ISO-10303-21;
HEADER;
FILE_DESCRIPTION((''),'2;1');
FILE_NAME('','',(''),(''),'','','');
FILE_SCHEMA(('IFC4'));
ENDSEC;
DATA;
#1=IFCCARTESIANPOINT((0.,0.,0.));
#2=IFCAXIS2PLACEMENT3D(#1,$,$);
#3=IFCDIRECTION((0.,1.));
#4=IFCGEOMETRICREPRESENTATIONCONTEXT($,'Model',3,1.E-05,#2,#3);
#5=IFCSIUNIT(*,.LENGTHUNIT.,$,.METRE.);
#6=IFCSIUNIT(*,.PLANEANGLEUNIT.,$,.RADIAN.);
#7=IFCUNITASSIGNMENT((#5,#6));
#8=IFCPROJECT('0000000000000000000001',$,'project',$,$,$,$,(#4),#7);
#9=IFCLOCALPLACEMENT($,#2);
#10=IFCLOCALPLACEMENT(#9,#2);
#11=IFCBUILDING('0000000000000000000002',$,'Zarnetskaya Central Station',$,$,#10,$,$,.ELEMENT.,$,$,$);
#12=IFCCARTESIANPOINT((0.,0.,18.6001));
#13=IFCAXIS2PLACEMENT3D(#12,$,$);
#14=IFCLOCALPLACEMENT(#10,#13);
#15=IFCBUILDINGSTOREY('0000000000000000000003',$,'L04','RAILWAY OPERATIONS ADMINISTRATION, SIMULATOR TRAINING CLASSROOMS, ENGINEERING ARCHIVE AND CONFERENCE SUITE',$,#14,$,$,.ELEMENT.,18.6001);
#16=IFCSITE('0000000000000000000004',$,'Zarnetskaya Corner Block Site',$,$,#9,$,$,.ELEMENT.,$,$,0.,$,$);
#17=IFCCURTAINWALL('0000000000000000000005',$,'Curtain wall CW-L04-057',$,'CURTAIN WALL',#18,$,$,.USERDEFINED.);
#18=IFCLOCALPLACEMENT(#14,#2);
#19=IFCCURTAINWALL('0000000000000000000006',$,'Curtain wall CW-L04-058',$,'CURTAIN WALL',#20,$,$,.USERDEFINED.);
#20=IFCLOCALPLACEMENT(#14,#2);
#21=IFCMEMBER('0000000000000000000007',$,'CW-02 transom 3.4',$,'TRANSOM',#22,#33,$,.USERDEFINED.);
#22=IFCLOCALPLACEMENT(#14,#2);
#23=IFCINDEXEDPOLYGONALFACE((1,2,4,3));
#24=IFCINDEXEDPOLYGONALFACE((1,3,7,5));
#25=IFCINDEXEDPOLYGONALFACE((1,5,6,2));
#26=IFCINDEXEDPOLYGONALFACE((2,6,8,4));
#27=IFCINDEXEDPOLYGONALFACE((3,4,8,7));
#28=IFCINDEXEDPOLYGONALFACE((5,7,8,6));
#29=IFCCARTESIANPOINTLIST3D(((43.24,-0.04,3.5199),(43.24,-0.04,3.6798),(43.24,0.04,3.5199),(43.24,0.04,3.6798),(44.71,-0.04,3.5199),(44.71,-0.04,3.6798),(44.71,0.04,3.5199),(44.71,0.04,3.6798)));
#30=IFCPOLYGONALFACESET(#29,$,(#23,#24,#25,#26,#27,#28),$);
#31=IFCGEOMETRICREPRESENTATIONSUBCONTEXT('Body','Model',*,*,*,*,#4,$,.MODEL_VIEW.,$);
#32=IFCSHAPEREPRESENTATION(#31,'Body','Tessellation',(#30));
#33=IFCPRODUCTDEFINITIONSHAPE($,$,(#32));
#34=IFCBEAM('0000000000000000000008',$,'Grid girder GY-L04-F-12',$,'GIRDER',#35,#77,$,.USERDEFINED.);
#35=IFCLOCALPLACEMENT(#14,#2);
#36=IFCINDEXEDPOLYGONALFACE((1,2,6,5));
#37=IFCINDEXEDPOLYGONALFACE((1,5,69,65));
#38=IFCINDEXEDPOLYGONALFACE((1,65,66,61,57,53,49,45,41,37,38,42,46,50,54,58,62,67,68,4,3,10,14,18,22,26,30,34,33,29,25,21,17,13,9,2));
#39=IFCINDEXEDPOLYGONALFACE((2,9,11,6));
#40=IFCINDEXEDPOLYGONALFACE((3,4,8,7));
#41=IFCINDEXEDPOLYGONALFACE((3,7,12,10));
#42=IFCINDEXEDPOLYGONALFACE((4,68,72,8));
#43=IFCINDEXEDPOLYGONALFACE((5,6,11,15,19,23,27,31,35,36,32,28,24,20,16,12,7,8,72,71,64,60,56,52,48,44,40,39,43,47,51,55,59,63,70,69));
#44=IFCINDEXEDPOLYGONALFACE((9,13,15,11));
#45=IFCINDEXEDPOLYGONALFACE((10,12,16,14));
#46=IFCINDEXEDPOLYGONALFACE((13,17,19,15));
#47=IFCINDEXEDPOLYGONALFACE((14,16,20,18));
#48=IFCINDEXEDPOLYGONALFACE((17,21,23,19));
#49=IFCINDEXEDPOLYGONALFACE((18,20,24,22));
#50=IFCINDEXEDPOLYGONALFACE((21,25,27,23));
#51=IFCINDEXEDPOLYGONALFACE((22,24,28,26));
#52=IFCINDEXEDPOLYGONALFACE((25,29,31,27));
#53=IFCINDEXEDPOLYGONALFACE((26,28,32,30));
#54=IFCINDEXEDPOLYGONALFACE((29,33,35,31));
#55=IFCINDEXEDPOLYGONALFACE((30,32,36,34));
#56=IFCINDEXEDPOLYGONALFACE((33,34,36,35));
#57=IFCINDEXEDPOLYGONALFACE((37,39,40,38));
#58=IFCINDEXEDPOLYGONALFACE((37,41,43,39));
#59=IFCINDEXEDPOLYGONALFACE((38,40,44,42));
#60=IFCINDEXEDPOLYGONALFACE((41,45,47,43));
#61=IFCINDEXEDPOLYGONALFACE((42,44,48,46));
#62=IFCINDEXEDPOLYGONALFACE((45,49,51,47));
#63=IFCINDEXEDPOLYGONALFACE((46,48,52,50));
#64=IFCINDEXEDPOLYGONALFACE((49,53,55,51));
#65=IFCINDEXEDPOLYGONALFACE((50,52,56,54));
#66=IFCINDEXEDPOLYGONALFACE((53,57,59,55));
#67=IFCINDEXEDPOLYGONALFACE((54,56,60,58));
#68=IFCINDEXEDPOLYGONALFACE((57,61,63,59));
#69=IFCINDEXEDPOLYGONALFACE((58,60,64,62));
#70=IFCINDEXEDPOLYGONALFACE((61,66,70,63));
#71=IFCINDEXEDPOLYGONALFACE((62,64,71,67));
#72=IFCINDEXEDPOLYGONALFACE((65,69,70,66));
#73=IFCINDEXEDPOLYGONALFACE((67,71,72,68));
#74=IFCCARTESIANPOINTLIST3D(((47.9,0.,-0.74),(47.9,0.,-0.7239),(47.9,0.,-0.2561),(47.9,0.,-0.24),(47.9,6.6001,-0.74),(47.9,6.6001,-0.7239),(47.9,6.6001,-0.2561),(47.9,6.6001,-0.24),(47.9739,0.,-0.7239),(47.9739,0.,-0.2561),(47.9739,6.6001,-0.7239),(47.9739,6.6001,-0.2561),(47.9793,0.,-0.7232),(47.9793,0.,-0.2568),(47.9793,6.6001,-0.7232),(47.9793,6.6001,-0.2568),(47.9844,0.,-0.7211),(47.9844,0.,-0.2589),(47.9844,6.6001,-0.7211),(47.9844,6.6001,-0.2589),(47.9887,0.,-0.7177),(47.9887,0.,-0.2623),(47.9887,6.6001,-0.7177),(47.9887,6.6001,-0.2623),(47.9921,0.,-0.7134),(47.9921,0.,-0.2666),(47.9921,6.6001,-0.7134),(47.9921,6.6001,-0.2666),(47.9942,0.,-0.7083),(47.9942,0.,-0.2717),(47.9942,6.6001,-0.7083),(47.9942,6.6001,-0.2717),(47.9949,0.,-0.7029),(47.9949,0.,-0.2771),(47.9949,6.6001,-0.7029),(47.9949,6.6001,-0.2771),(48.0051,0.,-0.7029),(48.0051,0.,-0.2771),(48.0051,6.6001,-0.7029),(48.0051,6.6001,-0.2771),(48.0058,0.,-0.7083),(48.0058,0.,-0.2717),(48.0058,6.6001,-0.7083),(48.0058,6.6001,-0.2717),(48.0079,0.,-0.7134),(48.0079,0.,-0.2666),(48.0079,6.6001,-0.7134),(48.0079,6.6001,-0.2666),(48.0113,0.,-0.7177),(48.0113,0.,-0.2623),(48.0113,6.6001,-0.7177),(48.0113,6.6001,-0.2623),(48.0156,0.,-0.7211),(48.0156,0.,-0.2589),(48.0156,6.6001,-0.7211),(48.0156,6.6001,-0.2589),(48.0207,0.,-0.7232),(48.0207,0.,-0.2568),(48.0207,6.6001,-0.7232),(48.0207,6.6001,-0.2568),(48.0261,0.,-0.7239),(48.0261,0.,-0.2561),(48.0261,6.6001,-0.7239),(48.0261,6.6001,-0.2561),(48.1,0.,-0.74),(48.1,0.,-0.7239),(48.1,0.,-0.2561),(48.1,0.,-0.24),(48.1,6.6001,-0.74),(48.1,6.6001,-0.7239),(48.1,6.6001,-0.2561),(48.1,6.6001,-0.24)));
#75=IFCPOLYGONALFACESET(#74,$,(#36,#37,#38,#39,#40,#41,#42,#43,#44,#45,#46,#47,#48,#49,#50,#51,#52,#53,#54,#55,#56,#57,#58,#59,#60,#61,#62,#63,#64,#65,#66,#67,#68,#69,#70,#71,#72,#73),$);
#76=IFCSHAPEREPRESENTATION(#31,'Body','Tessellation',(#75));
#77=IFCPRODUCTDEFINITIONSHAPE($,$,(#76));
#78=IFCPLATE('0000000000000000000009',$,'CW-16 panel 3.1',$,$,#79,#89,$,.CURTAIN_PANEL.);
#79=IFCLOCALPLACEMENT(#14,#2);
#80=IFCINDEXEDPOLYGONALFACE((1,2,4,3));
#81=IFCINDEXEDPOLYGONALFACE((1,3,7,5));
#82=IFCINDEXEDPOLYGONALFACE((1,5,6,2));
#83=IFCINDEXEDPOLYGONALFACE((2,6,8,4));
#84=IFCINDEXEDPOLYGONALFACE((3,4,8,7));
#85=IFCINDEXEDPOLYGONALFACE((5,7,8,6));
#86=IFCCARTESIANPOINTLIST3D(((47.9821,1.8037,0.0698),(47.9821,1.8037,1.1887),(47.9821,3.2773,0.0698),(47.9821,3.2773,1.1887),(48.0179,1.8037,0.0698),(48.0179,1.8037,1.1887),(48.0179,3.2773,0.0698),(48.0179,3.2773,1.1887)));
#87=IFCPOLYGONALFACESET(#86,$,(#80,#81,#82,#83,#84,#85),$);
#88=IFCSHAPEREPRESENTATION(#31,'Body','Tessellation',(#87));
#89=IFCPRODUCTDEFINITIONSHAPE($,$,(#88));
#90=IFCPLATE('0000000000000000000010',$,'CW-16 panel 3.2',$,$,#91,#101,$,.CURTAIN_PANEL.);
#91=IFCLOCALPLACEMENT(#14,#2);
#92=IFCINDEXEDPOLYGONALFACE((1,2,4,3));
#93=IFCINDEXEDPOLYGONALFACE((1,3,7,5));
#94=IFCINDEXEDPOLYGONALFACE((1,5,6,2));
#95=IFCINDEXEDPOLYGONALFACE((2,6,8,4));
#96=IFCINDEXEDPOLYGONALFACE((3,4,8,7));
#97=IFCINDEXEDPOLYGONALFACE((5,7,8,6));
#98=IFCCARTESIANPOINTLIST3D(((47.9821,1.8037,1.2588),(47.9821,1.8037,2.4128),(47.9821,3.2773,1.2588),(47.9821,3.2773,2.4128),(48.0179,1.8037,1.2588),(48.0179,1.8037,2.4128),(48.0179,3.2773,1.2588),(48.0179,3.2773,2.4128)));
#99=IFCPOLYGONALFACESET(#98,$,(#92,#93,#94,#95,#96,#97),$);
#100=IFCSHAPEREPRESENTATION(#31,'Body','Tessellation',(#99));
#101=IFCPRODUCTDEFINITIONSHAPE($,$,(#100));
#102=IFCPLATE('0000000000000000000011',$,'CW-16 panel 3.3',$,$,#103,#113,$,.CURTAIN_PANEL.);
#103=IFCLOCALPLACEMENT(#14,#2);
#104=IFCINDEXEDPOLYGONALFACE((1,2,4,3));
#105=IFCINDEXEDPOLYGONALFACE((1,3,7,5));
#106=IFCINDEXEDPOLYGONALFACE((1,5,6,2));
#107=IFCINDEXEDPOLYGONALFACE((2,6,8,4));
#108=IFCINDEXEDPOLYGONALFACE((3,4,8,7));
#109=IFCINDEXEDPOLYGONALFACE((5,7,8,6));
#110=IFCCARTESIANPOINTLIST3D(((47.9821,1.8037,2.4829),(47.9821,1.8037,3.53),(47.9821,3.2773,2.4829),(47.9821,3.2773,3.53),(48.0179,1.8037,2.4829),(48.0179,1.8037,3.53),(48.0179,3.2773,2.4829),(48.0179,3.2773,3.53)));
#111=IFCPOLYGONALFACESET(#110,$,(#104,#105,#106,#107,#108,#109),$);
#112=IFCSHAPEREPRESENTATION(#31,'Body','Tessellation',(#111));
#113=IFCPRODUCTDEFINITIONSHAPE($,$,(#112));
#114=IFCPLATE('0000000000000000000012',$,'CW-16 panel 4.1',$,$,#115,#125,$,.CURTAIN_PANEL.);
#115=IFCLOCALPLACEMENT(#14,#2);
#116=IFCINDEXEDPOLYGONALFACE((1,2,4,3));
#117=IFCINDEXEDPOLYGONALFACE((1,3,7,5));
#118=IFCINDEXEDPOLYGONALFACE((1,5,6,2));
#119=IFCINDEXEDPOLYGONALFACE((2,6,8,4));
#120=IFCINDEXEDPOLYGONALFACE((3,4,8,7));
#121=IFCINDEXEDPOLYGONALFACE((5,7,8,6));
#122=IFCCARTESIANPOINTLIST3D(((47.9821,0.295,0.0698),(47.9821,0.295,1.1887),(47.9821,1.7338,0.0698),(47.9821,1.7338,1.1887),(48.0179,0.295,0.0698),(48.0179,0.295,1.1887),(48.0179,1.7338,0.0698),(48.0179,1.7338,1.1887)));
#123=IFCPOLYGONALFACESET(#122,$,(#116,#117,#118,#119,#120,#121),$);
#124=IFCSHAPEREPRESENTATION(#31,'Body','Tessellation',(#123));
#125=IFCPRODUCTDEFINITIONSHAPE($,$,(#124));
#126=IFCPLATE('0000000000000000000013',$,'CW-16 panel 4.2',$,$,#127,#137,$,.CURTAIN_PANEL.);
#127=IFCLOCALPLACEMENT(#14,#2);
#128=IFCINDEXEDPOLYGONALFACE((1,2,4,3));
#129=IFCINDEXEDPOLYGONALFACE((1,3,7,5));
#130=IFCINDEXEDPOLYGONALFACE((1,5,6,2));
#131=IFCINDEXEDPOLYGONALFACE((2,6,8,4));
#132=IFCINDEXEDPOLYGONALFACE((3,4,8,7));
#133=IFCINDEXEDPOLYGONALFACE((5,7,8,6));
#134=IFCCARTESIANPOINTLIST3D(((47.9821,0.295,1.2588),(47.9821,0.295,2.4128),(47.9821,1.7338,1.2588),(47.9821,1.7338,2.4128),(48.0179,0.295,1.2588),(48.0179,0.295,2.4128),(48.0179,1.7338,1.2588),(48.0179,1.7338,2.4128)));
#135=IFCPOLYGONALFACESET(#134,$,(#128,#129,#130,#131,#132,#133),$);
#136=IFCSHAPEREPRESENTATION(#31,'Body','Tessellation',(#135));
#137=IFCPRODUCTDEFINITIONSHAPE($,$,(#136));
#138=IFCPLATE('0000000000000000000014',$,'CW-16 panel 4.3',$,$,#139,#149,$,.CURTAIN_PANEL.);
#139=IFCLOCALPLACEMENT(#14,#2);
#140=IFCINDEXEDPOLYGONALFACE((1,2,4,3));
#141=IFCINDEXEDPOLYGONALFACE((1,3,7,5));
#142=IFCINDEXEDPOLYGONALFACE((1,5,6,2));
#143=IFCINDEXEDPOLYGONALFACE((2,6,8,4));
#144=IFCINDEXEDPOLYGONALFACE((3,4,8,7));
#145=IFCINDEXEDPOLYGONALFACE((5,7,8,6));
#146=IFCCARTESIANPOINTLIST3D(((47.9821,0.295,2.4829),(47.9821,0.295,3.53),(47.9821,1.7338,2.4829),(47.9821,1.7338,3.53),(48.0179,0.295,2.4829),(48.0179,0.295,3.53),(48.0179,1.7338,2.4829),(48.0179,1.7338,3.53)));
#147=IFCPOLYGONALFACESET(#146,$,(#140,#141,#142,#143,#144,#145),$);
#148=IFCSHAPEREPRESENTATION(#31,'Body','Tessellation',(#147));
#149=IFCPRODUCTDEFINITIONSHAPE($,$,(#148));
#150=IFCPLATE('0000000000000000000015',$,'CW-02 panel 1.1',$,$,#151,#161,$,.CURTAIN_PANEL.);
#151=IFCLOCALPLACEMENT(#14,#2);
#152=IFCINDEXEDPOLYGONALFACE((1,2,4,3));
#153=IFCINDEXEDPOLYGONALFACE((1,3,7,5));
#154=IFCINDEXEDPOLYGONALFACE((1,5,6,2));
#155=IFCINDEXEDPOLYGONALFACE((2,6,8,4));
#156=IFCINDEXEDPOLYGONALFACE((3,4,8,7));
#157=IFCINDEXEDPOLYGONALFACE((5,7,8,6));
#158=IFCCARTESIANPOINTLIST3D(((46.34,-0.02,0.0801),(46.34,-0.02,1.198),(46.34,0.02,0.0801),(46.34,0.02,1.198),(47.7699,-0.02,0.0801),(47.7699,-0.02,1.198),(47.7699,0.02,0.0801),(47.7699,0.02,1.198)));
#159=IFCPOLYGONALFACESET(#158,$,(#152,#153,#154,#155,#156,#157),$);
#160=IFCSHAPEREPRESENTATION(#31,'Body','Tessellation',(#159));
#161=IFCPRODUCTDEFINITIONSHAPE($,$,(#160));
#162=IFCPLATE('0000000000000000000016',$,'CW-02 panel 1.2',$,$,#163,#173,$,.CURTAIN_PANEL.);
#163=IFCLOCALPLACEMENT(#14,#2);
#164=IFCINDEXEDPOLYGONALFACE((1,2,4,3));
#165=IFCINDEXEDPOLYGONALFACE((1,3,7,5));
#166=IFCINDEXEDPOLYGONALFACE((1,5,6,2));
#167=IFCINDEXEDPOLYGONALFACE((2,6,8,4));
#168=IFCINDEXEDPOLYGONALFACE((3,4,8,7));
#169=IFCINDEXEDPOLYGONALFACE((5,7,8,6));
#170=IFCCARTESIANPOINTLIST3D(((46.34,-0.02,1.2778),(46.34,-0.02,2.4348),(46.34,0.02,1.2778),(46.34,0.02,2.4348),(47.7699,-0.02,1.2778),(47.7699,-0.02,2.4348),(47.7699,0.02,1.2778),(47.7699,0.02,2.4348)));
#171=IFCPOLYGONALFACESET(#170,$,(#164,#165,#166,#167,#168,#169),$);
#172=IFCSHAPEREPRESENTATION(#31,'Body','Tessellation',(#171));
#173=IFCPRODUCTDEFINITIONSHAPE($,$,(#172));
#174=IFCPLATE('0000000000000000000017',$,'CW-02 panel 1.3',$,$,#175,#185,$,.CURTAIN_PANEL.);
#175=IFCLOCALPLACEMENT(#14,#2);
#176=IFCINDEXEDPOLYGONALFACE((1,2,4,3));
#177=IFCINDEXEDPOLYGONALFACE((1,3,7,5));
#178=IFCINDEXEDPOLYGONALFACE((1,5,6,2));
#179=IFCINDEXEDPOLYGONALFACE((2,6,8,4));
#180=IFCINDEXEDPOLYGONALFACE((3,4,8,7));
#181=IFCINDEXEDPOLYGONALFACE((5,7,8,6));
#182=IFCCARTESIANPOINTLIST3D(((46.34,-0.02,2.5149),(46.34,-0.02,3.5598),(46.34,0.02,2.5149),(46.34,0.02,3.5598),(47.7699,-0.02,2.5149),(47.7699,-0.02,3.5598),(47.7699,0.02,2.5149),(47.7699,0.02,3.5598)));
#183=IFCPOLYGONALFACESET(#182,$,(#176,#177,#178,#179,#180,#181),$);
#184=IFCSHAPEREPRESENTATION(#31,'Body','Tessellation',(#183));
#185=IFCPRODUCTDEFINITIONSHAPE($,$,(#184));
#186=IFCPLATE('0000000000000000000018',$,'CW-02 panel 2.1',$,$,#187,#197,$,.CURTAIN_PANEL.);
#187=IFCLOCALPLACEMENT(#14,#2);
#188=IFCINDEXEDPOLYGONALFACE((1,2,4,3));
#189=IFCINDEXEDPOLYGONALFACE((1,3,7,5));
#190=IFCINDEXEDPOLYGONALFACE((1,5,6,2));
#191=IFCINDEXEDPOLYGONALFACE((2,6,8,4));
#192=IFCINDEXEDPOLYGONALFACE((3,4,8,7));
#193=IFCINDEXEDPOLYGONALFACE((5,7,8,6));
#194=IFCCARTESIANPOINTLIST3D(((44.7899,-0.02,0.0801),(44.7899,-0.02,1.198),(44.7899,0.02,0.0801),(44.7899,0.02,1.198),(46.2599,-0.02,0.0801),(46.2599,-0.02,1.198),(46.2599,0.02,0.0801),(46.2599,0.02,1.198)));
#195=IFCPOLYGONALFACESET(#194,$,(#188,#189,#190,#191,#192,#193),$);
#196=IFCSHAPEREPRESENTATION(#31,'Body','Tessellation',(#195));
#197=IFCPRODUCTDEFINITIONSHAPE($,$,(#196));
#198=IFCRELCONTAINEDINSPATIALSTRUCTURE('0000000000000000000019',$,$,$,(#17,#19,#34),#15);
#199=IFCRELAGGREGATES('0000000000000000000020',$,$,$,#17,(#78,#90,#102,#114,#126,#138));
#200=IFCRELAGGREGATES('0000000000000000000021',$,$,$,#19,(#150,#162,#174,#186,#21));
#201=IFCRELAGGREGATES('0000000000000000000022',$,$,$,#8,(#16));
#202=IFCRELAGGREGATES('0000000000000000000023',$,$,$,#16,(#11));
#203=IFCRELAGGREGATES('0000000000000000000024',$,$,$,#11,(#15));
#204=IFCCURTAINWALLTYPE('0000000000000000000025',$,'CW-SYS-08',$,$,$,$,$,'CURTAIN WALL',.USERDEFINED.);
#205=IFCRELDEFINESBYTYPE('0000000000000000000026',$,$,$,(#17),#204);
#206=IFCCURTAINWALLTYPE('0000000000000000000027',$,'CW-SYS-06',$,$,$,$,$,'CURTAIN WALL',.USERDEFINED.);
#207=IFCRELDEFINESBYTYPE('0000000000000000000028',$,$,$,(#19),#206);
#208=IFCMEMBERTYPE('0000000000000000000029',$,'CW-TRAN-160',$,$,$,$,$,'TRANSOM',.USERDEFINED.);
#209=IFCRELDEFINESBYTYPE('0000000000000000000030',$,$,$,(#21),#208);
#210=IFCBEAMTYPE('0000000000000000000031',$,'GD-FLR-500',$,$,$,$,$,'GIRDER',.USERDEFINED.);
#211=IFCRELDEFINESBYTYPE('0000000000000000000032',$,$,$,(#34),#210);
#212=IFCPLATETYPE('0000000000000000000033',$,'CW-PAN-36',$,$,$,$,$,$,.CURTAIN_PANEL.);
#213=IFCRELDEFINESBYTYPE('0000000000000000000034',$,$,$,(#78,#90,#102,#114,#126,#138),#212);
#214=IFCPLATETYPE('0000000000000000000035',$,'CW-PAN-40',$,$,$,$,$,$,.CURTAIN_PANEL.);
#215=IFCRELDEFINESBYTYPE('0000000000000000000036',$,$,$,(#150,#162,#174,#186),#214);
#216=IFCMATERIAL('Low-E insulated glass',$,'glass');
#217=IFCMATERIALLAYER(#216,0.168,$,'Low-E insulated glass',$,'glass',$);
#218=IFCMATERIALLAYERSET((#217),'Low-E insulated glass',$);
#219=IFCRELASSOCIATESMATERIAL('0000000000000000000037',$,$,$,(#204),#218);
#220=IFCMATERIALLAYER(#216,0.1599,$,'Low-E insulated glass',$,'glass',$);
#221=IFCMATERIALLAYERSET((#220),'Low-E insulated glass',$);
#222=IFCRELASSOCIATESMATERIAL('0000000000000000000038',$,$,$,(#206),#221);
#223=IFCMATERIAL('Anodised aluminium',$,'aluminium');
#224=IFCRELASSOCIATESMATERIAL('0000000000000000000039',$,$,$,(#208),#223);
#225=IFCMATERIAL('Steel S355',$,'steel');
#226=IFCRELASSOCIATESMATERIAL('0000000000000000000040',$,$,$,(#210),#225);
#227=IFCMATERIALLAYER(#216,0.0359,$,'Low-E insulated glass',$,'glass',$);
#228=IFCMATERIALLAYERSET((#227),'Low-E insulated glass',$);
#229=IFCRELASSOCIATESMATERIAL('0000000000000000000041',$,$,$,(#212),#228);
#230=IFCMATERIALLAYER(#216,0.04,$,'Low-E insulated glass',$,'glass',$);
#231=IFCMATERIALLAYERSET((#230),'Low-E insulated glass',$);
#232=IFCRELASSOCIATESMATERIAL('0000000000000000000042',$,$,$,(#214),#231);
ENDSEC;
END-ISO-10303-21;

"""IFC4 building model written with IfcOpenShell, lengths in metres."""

from ifc_helpers import new_model, si_unit, direction, frame, origin, origin_2d, place, context, subcontext, project, spatial, rectangle, i_section, extrude, material, layer, layer_set, material_profile, profile_set, type_object, element, aggregate, save


model = new_model("IFC4")

# Units and contexts
model_context = context("Model", 3, precision=1e-05, world=origin(), true_north=direction((0.0, 1.0)))
body_context = subcontext(model_context, "Body", "Model", "MODEL_VIEW")
ifc_project = project(units=[si_unit("LENGTHUNIT", "METRE"), si_unit("PLANEANGLEUNIT", "RADIAN")], contexts=[model_context])

# Site, building, storey
site_placement = place(None, origin())
site = spatial("IfcSite", under=ifc_project, at=site_placement, Name="Zarnetskaya Corner Block Site", CompositionType="ELEMENT", RefElevation=0.0)
building_placement = place(site_placement, origin())
building = spatial("IfcBuilding", under=site, at=building_placement, Name="Zarnetskaya Central Station", CompositionType="ELEMENT")
storey_placement = place(building_placement, frame((0.0, 0.0, 18.6001)))
storey = spatial("IfcBuildingStorey", under=building, at=storey_placement, Name="L04", Description="RAILWAY OPERATIONS ADMINISTRATION, SIMULATOR TRAINING CLASSROOMS, ENGINEERING ARCHIVE AND CONFERENCE SUITE", CompositionType="ELEMENT", Elevation=18.6001)

# Shared definitions
ifc_material_1 = material(Name="Steel S355", Category="steel")

# Curtain walls
ifc_material_2 = material(Name="Low-E insulated glass", Category="glass")
ifc_layer_1 = layer(ifc_material_2, 0.168, Name="Low-E insulated glass", Category="glass")
ifc_layer_set_1 = layer_set([ifc_layer_1], Name="Low-E insulated glass")
curtain_wall_type_1 = type_object("IfcCurtainWallType", Name="CW-SYS-08", ElementType="CURTAIN WALL", PredefinedType="USERDEFINED", material=ifc_layer_set_1)
curtain_wall_1_placement = place(storey_placement, origin())
curtain_wall_1 = element("IfcCurtainWall", 1, at=curtain_wall_1_placement, inside=storey, type_object=curtain_wall_type_1, Name="Curtain wall CW-L04-057", ObjectType="CURTAIN WALL", PredefinedType="USERDEFINED")
ifc_material_3 = material(Name="Anodised aluminium", Category="aluminium")
ifc_layer_2 = layer(ifc_material_2, 0.1599, Name="Low-E insulated glass", Category="glass")
ifc_layer_set_2 = layer_set([ifc_layer_2], Name="Low-E insulated glass")
curtain_wall_type_2 = type_object("IfcCurtainWallType", Name="CW-SYS-06", ElementType="CURTAIN WALL", PredefinedType="USERDEFINED", material=ifc_layer_set_2)
curtain_wall_2_placement = place(storey_placement, origin())
curtain_wall_2 = element("IfcCurtainWall", 2, at=curtain_wall_2_placement, inside=storey, type_object=curtain_wall_type_2, Name="Curtain wall CW-L04-058", ObjectType="CURTAIN WALL", PredefinedType="USERDEFINED")

# Member
ifc_material_profile_1 = material_profile(ifc_material_3, rectangle(XDim=0.0801, YDim=0.1599, at=origin_2d()), Name="ALU TRAN 80x160")
ifc_profile_set_1 = profile_set([ifc_material_profile_1], Name="Anodised aluminium")
member_type_1 = type_object("IfcMemberType", Name="CW-TRAN-160", ElementType="TRANSOM", PredefinedType="USERDEFINED", material=ifc_profile_set_1)
member_1_placement = place(storey_placement, frame((44.71, 0.0, 3.5999), z_axis=(-1.0, 0.0, 0.0), x_axis=(0.0, -1.0, 0.0)))
member_1 = element("IfcMember", 3, at=member_1_placement, type_object=member_type_1, Name="CW-02 transom 3.4", ObjectType="TRANSOM", PredefinedType="USERDEFINED", context=body_context, shape_type="SweptSolid", body=[
    extrude(rectangle(XDim=0.0801, YDim=0.1599, at=origin_2d()), origin(), (0.0, 0.0, 1.0), 1.47),
])

# Beam
ifc_material_profile_2 = material_profile(ifc_material_1, i_section(OverallWidth=0.2, OverallDepth=0.5, WebThickness=0.0103, FlangeThickness=0.0161, FilletRadius=0.021, at=origin_2d()), Name="IPE 500")
ifc_profile_set_2 = profile_set([ifc_material_profile_2], Name="Steel S355")
beam_type_1 = type_object("IfcBeamType", Name="GD-FLR-500", ElementType="GIRDER", PredefinedType="USERDEFINED", material=ifc_profile_set_2)
beam_1_placement = place(storey_placement, frame((48.0, 0.0, -0.49), z_axis=(0.0, 1.0, 0.0), x_axis=(-1.0, 0.0, 0.0)))
element("IfcBeam", 4, at=beam_1_placement, inside=storey, type_object=beam_type_1, Name="Grid girder GY-L04-F-12", ObjectType="GIRDER", PredefinedType="USERDEFINED", context=body_context, shape_type="SweptSolid", body=[
    extrude(i_section(OverallWidth=0.2, OverallDepth=0.5, WebThickness=0.0103, FlangeThickness=0.0161, FilletRadius=0.021, at=origin_2d()), origin(), (0.0, 0.0, 1.0), 6.6001),
])

# Plates
ifc_layer_3 = layer(ifc_material_2, 0.0359, Name="Low-E insulated glass", Category="glass")
ifc_layer_set_3 = layer_set([ifc_layer_3], Name="Low-E insulated glass")
plate_type_1 = type_object("IfcPlateType", Name="CW-PAN-36", PredefinedType="CURTAIN_PANEL", material=ifc_layer_set_3)
plate_1_placement = place(storey_placement, frame((48.0, 2.5405, 0.0698), z_axis=(0.0, 0.0, 1.0), x_axis=(0.0, -1.0, 0.0)))
plate_1 = element("IfcPlate", 5, at=plate_1_placement, type_object=plate_type_1, Name="CW-16 panel 3.1", PredefinedType="CURTAIN_PANEL", context=body_context, shape_type="SweptSolid", body=[
    extrude(rectangle(XDim=1.4736, YDim=0.0359, at=origin_2d()), origin(), (0.0, 0.0, 1.0), 1.1189),
])
plate_2_placement = place(storey_placement, frame((48.0, 2.5405, 1.2588), z_axis=(0.0, 0.0, 1.0), x_axis=(0.0, -1.0, 0.0)))
plate_2 = element("IfcPlate", 6, at=plate_2_placement, type_object=plate_type_1, Name="CW-16 panel 3.2", PredefinedType="CURTAIN_PANEL", context=body_context, shape_type="SweptSolid", body=[
    extrude(rectangle(XDim=1.4736, YDim=0.0359, at=origin_2d()), origin(), (0.0, 0.0, 1.0), 1.1541),
])
plate_3_placement = place(storey_placement, frame((48.0, 2.5405, 2.4829), z_axis=(0.0, 0.0, 1.0), x_axis=(0.0, -1.0, 0.0)))
plate_3 = element("IfcPlate", 7, at=plate_3_placement, type_object=plate_type_1, Name="CW-16 panel 3.3", PredefinedType="CURTAIN_PANEL", context=body_context, shape_type="SweptSolid", body=[
    extrude(rectangle(XDim=1.4736, YDim=0.0359, at=origin_2d()), origin(), (0.0, 0.0, 1.0), 1.0471),
])
plate_4_placement = place(storey_placement, frame((48.0, 1.0144, 0.0698), z_axis=(0.0, 0.0, 1.0), x_axis=(0.0, -1.0, 0.0)))
plate_4 = element("IfcPlate", 8, at=plate_4_placement, type_object=plate_type_1, Name="CW-16 panel 4.1", PredefinedType="CURTAIN_PANEL", context=body_context, shape_type="SweptSolid", body=[
    extrude(rectangle(XDim=1.4387, YDim=0.0359, at=origin_2d()), origin(), (0.0, 0.0, 1.0), 1.1189),
])
plate_5_placement = place(storey_placement, frame((48.0, 1.0144, 1.2588), z_axis=(0.0, 0.0, 1.0), x_axis=(0.0, -1.0, 0.0)))
plate_5 = element("IfcPlate", 9, at=plate_5_placement, type_object=plate_type_1, Name="CW-16 panel 4.2", PredefinedType="CURTAIN_PANEL", context=body_context, shape_type="SweptSolid", body=[
    extrude(rectangle(XDim=1.4387, YDim=0.0359, at=origin_2d()), origin(), (0.0, 0.0, 1.0), 1.1541),
])
plate_6_placement = place(storey_placement, frame((48.0, 1.0144, 2.4829), z_axis=(0.0, 0.0, 1.0), x_axis=(0.0, -1.0, 0.0)))
plate_6 = element("IfcPlate", 10, at=plate_6_placement, type_object=plate_type_1, Name="CW-16 panel 4.3", PredefinedType="CURTAIN_PANEL", context=body_context, shape_type="SweptSolid", body=[
    extrude(rectangle(XDim=1.4387, YDim=0.0359, at=origin_2d()), origin(), (0.0, 0.0, 1.0), 1.0471),
])
aggregate(curtain_wall_1, [plate_1, plate_2, plate_3, plate_4, plate_5, plate_6])
ifc_layer_4 = layer(ifc_material_2, 0.04, Name="Low-E insulated glass", Category="glass")
ifc_layer_set_4 = layer_set([ifc_layer_4], Name="Low-E insulated glass")
plate_type_2 = type_object("IfcPlateType", Name="CW-PAN-40", PredefinedType="CURTAIN_PANEL", material=ifc_layer_set_4)
plate_7_placement = place(storey_placement, frame((47.0549, 0.0, 0.0801), z_axis=(0.0, 0.0, 1.0), x_axis=(-1.0, 0.0, 0.0)))
plate_7 = element("IfcPlate", 11, at=plate_7_placement, type_object=plate_type_2, Name="CW-02 panel 1.1", PredefinedType="CURTAIN_PANEL", context=body_context, shape_type="SweptSolid", body=[
    extrude(rectangle(XDim=1.4299, YDim=0.04, at=origin_2d()), origin(), (0.0, 0.0, 1.0), 1.1179),
])
plate_8_placement = place(storey_placement, frame((47.0549, 0.0, 1.2778), z_axis=(0.0, 0.0, 1.0), x_axis=(-1.0, 0.0, 0.0)))
plate_8 = element("IfcPlate", 12, at=plate_8_placement, type_object=plate_type_2, Name="CW-02 panel 1.2", PredefinedType="CURTAIN_PANEL", context=body_context, shape_type="SweptSolid", body=[
    extrude(rectangle(XDim=1.4299, YDim=0.04, at=origin_2d()), origin(), (0.0, 0.0, 1.0), 1.157),
])
plate_9_placement = place(storey_placement, frame((47.0549, 0.0, 2.5149), z_axis=(0.0, 0.0, 1.0), x_axis=(-1.0, 0.0, 0.0)))
plate_9 = element("IfcPlate", 13, at=plate_9_placement, type_object=plate_type_2, Name="CW-02 panel 1.3", PredefinedType="CURTAIN_PANEL", context=body_context, shape_type="SweptSolid", body=[
    extrude(rectangle(XDim=1.4299, YDim=0.04, at=origin_2d()), origin(), (0.0, 0.0, 1.0), 1.0449),
])
plate_10_placement = place(storey_placement, frame((45.5249, 0.0, 0.0801), z_axis=(0.0, 0.0, 1.0), x_axis=(-1.0, 0.0, 0.0)))
plate_10 = element("IfcPlate", 14, at=plate_10_placement, type_object=plate_type_2, Name="CW-02 panel 2.1", PredefinedType="CURTAIN_PANEL", context=body_context, shape_type="SweptSolid", body=[
    extrude(rectangle(XDim=1.47, YDim=0.04, at=origin_2d()), origin(), (0.0, 0.0, 1.0), 1.1179),
])
aggregate(curtain_wall_2, [plate_7, plate_8, plate_9, plate_10, member_1])

save(model, "model.ifc")
